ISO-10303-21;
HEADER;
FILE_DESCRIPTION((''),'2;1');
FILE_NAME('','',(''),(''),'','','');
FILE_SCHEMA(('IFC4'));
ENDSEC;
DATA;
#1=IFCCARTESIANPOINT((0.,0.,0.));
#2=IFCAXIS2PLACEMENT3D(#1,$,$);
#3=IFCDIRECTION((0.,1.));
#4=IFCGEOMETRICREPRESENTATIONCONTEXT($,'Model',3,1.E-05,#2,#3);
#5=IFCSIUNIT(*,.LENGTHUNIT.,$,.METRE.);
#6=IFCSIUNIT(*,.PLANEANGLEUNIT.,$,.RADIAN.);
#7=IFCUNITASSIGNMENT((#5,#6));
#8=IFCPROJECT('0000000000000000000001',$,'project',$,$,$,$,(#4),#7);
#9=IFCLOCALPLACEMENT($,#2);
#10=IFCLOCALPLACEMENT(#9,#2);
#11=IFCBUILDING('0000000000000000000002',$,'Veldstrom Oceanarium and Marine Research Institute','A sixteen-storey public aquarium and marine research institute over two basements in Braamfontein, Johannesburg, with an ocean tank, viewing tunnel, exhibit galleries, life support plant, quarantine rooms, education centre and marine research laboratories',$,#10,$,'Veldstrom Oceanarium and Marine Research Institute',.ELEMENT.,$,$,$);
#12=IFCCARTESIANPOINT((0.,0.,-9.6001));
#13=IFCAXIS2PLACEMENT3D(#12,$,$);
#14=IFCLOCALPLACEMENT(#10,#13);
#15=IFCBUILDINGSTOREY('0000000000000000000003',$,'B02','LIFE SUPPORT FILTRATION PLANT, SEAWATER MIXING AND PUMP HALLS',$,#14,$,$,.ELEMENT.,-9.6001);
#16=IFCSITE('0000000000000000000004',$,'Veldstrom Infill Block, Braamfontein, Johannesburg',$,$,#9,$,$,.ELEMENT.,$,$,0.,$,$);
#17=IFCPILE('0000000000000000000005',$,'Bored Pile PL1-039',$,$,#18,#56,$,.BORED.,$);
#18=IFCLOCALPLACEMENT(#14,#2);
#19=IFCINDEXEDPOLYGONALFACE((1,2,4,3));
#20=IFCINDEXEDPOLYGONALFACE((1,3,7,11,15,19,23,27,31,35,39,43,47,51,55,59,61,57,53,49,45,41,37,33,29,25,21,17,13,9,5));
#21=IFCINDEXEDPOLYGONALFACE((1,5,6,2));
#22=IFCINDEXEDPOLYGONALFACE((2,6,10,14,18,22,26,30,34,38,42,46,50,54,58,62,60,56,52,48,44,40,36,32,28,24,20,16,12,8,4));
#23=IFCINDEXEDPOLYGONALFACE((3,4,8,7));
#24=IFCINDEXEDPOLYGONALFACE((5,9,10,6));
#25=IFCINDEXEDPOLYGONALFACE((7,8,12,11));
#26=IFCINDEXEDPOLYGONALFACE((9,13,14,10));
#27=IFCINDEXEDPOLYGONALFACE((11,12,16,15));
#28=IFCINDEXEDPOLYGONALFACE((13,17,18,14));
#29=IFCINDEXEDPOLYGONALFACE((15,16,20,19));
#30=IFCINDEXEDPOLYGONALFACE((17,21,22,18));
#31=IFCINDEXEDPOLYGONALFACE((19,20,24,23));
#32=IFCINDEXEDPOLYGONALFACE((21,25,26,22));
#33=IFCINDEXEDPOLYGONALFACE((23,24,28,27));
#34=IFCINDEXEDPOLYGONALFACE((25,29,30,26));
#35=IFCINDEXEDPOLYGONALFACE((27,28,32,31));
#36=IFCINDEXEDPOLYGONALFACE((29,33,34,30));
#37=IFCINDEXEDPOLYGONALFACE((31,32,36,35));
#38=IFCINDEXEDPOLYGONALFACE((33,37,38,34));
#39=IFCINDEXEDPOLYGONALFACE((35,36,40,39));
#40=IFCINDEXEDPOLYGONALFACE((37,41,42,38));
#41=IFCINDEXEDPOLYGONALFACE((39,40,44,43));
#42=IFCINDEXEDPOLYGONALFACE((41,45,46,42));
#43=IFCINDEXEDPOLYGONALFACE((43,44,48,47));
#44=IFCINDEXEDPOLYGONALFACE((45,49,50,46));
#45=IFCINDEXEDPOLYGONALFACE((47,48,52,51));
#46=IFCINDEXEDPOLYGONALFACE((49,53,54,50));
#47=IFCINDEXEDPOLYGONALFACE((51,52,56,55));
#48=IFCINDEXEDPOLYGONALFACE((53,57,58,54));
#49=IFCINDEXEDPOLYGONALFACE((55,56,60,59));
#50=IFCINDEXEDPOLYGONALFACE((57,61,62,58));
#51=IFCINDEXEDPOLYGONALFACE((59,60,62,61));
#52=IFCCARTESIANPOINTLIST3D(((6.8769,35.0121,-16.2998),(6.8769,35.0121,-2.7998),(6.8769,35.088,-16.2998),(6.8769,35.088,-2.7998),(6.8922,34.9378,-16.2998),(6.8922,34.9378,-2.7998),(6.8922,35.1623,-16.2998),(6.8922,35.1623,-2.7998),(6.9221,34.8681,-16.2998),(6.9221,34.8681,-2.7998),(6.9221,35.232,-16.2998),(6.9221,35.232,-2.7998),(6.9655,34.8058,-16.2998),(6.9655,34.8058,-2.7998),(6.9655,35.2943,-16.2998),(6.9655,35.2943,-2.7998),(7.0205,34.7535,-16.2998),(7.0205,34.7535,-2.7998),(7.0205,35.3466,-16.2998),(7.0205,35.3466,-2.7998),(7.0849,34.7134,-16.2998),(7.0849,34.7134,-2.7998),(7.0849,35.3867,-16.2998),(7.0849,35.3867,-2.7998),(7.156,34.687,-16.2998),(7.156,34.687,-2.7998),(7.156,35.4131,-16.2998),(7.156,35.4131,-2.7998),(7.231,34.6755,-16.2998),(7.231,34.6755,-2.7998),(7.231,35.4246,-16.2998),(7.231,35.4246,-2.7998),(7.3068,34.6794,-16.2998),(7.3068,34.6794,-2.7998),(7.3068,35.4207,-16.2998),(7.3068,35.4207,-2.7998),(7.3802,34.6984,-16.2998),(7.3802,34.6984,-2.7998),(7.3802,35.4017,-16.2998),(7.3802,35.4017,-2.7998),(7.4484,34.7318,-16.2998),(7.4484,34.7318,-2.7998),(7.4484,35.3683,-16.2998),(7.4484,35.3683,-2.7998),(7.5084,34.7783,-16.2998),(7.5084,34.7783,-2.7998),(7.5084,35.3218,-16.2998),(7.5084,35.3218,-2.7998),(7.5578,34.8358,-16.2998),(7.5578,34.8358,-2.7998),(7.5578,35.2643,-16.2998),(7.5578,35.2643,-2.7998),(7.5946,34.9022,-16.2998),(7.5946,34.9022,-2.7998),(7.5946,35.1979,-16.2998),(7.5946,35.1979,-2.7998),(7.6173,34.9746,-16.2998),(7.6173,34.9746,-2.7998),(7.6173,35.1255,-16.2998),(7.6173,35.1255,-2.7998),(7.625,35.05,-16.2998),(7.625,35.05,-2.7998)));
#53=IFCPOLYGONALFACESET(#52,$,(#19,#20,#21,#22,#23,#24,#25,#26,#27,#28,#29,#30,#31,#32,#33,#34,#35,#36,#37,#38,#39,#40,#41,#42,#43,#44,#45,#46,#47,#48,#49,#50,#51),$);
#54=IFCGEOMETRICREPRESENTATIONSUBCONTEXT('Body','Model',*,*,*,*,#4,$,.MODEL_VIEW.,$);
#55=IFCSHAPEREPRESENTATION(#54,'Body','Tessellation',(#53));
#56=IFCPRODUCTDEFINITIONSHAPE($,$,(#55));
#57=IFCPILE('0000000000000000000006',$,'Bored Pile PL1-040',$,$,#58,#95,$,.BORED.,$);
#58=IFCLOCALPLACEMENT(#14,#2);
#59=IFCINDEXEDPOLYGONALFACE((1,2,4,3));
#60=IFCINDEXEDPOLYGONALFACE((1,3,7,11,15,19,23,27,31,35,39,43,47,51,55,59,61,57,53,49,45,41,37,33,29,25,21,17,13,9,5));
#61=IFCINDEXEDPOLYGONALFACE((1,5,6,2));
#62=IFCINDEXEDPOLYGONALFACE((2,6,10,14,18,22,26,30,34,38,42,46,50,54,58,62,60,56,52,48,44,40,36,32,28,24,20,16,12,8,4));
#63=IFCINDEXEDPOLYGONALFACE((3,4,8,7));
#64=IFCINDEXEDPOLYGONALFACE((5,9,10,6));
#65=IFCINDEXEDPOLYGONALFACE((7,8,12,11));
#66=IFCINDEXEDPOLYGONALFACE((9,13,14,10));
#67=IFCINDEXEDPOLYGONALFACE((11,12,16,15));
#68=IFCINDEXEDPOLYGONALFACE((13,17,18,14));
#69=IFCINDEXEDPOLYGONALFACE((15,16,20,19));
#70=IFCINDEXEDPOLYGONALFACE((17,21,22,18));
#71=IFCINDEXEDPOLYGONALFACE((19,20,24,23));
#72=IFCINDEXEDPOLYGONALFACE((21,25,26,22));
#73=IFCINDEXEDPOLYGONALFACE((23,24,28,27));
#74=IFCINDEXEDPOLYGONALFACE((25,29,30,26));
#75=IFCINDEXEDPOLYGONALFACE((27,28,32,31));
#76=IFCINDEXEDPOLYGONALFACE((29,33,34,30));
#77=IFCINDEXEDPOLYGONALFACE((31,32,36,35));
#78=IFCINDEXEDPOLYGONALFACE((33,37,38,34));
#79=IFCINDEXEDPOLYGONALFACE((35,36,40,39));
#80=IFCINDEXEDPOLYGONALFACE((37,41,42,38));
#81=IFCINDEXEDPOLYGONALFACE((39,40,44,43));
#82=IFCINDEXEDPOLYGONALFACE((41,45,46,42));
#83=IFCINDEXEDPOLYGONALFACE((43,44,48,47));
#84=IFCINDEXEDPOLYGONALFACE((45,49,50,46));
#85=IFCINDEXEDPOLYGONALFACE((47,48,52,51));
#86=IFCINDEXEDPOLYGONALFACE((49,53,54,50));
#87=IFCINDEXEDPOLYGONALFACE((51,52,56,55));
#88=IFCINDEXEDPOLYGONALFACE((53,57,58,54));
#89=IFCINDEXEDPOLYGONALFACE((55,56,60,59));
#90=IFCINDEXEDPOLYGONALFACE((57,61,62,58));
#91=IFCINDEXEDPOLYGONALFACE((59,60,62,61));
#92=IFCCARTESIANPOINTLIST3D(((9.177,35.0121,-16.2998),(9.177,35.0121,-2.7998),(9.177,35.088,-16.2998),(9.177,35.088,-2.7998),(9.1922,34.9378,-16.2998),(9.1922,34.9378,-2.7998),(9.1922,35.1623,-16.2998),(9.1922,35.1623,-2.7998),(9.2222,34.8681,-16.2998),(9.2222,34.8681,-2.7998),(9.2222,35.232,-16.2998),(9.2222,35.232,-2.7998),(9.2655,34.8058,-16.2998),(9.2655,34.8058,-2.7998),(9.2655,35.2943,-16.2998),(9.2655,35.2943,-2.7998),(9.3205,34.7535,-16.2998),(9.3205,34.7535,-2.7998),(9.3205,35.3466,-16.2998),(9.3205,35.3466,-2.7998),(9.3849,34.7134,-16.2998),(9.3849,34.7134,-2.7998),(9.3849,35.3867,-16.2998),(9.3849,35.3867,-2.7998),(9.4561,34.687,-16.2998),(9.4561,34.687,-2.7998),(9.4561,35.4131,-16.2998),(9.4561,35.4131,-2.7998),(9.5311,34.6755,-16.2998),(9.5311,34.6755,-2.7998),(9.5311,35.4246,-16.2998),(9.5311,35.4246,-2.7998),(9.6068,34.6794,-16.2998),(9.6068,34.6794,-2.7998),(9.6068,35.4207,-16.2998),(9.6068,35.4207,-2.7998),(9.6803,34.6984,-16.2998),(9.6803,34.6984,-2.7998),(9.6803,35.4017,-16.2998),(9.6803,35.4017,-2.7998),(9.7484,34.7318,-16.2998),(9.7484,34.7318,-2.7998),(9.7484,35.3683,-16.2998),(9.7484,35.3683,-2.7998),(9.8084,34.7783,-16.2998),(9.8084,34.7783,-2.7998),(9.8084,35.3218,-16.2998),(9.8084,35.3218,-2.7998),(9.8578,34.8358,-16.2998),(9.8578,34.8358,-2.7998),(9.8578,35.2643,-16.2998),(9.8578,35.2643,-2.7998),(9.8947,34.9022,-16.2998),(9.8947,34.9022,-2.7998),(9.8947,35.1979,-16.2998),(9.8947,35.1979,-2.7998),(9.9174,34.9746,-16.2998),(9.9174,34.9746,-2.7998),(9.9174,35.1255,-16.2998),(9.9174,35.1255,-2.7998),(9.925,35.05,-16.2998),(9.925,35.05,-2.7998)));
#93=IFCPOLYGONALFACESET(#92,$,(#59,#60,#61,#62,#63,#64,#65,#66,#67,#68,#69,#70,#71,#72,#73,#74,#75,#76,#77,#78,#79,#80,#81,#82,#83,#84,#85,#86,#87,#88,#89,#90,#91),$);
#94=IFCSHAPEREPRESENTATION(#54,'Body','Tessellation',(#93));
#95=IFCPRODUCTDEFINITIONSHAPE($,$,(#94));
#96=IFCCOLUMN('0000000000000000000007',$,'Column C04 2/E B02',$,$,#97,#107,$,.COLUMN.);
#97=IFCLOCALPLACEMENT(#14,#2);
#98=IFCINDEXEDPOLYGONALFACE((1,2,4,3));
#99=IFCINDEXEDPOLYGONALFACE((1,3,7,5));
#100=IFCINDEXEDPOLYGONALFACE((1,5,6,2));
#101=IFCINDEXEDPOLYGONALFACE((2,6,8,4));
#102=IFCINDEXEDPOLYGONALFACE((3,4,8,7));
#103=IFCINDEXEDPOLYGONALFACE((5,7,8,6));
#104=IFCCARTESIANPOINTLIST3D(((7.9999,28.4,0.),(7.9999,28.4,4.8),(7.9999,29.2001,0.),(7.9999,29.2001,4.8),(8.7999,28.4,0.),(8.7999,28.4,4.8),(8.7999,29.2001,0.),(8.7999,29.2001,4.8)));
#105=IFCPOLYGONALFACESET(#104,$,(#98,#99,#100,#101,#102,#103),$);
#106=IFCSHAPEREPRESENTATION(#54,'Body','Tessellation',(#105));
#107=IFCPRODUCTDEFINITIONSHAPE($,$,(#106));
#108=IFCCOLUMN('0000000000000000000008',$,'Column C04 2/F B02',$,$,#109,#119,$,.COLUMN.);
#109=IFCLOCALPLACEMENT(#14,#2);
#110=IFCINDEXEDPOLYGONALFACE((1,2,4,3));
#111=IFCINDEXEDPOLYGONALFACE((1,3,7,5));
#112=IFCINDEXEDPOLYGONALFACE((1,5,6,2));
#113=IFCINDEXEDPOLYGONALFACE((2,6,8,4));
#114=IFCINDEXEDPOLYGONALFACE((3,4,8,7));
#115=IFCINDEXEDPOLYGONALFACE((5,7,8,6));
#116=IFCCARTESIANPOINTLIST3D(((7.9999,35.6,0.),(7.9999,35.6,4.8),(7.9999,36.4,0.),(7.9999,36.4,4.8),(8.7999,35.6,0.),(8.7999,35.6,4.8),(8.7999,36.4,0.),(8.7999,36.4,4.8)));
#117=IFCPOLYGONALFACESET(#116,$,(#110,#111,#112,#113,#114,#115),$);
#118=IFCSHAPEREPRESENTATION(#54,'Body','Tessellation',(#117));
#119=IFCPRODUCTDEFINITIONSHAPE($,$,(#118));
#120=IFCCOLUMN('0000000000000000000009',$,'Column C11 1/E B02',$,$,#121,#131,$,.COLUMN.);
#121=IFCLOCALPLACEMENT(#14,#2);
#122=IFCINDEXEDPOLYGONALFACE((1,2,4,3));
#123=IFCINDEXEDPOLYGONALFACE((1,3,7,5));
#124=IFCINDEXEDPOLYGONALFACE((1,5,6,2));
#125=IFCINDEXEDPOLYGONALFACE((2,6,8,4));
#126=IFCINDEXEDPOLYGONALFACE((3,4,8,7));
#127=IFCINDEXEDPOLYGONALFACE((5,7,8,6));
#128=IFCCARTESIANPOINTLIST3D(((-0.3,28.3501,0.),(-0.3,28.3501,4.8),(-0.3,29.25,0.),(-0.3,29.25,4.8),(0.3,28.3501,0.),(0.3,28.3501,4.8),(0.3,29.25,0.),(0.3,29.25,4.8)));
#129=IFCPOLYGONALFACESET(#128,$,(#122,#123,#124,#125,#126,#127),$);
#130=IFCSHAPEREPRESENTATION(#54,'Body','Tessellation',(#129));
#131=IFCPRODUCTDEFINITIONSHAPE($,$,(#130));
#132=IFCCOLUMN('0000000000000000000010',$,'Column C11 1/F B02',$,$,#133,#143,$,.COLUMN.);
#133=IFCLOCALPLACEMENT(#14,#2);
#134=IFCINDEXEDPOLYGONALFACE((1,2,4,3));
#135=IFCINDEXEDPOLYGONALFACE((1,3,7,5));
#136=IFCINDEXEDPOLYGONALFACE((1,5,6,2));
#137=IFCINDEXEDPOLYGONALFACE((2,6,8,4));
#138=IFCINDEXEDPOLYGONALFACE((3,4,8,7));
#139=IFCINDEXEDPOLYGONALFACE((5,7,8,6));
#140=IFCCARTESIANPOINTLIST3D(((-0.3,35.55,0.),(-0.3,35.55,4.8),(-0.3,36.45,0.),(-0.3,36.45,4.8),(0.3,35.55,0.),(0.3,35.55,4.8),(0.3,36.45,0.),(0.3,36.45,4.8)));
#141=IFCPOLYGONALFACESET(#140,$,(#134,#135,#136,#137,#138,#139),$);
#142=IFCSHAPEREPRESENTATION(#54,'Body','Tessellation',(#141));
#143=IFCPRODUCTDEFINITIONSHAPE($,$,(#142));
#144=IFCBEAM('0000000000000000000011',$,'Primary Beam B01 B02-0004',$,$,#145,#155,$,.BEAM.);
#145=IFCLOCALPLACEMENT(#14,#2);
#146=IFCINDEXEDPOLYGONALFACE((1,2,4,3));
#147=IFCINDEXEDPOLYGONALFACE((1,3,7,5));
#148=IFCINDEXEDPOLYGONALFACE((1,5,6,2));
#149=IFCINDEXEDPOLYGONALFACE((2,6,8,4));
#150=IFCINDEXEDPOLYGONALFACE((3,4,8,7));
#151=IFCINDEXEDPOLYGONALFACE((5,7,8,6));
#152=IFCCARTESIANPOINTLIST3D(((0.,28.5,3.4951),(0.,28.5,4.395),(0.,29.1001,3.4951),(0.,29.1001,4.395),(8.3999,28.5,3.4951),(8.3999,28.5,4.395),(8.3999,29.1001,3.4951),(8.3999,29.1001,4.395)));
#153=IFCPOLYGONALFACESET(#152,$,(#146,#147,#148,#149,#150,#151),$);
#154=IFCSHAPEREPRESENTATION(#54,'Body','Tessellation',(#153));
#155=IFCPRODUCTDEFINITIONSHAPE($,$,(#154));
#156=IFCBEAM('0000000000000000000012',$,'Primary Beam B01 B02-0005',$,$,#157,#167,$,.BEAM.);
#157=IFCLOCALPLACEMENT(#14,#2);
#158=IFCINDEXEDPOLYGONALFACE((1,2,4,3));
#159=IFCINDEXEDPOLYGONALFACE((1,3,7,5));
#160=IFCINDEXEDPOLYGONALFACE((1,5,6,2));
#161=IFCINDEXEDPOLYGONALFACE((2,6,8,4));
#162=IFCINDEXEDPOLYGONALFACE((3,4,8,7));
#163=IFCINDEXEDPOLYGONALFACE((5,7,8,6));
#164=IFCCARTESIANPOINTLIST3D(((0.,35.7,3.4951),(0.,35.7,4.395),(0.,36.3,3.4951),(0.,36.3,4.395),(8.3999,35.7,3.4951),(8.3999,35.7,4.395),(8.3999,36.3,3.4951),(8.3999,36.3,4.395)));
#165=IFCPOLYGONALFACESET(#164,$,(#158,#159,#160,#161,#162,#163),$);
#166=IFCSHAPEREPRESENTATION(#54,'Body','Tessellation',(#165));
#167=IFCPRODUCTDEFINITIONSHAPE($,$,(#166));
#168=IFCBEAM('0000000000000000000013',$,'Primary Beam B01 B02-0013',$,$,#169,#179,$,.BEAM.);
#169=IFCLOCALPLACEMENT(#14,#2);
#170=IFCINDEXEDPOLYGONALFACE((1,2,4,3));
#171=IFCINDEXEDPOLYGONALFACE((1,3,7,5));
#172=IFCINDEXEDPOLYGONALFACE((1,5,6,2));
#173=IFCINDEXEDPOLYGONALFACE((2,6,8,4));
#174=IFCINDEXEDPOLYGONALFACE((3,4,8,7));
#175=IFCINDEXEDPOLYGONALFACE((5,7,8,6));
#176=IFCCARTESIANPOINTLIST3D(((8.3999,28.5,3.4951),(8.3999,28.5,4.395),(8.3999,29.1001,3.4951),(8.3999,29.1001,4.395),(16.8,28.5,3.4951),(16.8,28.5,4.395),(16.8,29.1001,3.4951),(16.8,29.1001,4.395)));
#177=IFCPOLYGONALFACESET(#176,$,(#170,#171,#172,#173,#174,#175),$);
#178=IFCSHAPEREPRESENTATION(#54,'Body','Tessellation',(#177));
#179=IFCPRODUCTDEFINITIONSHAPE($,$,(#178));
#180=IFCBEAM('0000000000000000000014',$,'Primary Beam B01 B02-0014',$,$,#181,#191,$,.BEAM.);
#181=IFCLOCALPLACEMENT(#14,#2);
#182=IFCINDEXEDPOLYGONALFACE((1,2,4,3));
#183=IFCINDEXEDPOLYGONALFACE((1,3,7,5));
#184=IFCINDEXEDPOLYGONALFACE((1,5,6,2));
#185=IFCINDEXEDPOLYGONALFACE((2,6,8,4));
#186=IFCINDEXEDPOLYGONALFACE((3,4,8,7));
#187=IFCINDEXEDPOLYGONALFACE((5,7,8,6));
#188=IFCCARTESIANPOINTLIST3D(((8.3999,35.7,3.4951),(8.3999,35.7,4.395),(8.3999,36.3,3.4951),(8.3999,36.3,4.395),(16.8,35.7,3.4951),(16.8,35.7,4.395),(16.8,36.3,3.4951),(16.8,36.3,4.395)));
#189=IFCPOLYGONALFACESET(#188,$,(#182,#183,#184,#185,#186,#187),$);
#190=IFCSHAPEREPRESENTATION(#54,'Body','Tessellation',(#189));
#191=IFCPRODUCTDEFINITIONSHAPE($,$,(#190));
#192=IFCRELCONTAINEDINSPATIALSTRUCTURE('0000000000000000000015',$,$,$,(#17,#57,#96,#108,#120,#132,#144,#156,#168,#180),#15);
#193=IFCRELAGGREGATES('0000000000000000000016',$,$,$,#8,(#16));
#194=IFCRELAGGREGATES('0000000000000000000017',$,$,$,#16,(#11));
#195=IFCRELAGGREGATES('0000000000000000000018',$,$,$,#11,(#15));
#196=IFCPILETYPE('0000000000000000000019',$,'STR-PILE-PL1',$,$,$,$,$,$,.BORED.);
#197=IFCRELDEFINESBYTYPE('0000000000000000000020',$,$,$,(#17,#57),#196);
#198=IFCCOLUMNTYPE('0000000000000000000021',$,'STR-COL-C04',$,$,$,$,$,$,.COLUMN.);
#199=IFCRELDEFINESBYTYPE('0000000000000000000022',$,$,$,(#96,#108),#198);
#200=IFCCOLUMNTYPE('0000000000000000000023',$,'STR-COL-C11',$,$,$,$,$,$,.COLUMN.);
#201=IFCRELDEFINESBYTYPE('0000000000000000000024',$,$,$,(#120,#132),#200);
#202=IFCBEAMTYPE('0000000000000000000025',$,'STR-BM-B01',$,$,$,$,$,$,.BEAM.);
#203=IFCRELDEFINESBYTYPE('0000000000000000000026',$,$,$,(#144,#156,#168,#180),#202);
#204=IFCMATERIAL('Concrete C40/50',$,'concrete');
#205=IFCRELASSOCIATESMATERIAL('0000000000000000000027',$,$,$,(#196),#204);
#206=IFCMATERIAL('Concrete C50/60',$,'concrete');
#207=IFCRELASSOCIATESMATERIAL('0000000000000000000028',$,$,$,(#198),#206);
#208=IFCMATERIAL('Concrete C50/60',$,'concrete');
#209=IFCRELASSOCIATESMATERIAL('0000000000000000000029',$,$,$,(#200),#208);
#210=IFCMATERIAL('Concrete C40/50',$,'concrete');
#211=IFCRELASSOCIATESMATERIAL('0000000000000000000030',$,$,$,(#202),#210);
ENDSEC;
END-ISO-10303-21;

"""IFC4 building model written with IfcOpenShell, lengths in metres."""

from ifc_helpers import new_model, si_unit, direction, frame, origin, origin_2d, place, context, subcontext, project, spatial, rectangle, circle, extrude, material, material_profile, profile_set, type_object, element, save


model = new_model("IFC4")

# Units and contexts
model_context = context("Model", 3, precision=1e-05, world=origin(), true_north=direction((0.0, 1.0)))
body_context = subcontext(model_context, "Body", "Model", "MODEL_VIEW")
ifc_project = project(units=[si_unit("LENGTHUNIT", "METRE"), si_unit("PLANEANGLEUNIT", "RADIAN")], contexts=[model_context])

# Site, building, storey
site_placement = place(None, origin())
site = spatial("IfcSite", under=ifc_project, at=site_placement, Name="Veldstrom Infill Block, Braamfontein, Johannesburg", CompositionType="ELEMENT", RefElevation=0.0)
building_placement = place(site_placement, origin())
building = spatial("IfcBuilding", under=site, at=building_placement, Name="Veldstrom Oceanarium and Marine Research Institute", Description="A sixteen-storey public aquarium and marine research institute over two basements in Braamfontein, Johannesburg, with an ocean tank, viewing tunnel, exhibit galleries, life support plant, quarantine rooms, education centre and marine research laboratories", LongName="Veldstrom Oceanarium and Marine Research Institute", CompositionType="ELEMENT")
storey_placement = place(building_placement, frame((0.0, 0.0, -9.6001)))
storey = spatial("IfcBuildingStorey", under=building, at=storey_placement, Name="B02", Description="LIFE SUPPORT FILTRATION PLANT, SEAWATER MIXING AND PUMP HALLS", CompositionType="ELEMENT", Elevation=-9.6001)

# Piles
ifc_material_1 = material(Name="Concrete C40/50", Category="concrete")
ifc_material_profile_1 = material_profile(ifc_material_1, circle(Radius=0.375, at=origin_2d()), Name="PILE-D750")
ifc_profile_set_1 = profile_set([ifc_material_profile_1], Name="Concrete C40/50")
pile_type = type_object("IfcPileType", Name="STR-PILE-PL1", PredefinedType="BORED", material=ifc_profile_set_1)
for number, where, z_axis, x_axis, name in (
    (1, (7.25, 35.05, -2.7998), (0.0, 0.0, -1.0), (1.0, 0.0, 0.0), "Bored Pile PL1-039"),
    (2, (9.55, 35.05, -2.7998), (0.0, 0.0, -1.0), (1.0, 0.0, 0.0), "Bored Pile PL1-040"),
):
    element("IfcPile", number, at=place(storey_placement, frame(where, z_axis=z_axis, x_axis=x_axis)), inside=storey, type_object=pile_type, Name=name, PredefinedType="BORED", context=body_context, shape_type="SweptSolid", body=[
        extrude(circle(Radius=0.375, at=origin_2d()), origin(), (0.0, 0.0, 1.0), 13.5),
    ])

# Columns
ifc_material_2 = material(Name="Concrete C50/60", Category="concrete")
ifc_material_profile_2 = material_profile(ifc_material_2, rectangle(XDim=0.8, YDim=0.8, at=origin_2d()), Name="RC-COL-800x800")
ifc_profile_set_2 = profile_set([ifc_material_profile_2], Name="Concrete C50/60")
column_type_1 = type_object("IfcColumnType", Name="STR-COL-C04", PredefinedType="COLUMN", material=ifc_profile_set_2)
for number, where, z_axis, x_axis, name in (
    (3, (8.3999, 28.8, 0.0), (0.0, 0.0, 1.0), (1.0, 0.0, 0.0), "Column C04 2/E B02"),
    (4, (8.3999, 36.0, 0.0), (0.0, 0.0, 1.0), (1.0, 0.0, 0.0), "Column C04 2/F B02"),
):
    element("IfcColumn", number, at=place(storey_placement, frame(where, z_axis=z_axis, x_axis=x_axis)), inside=storey, type_object=column_type_1, Name=name, PredefinedType="COLUMN", context=body_context, shape_type="SweptSolid", body=[
        extrude(rectangle(XDim=0.8, YDim=0.8, at=origin_2d()), origin(), (0.0, 0.0, 1.0), 4.8),
    ])
ifc_material_3 = material(Name="Concrete C50/60", Category="concrete")
ifc_material_profile_3 = material_profile(ifc_material_3, rectangle(XDim=0.6001, YDim=0.8999, at=origin_2d()), Name="RC-COL-900x600")
ifc_profile_set_3 = profile_set([ifc_material_profile_3], Name="Concrete C50/60")
column_type_2 = type_object("IfcColumnType", Name="STR-COL-C11", PredefinedType="COLUMN", material=ifc_profile_set_3)
for number, where, z_axis, x_axis, name in (
    (5, (0.0, 28.8, 0.0), (0.0, 0.0, 1.0), (1.0, 0.0, 0.0), "Column C11 1/E B02"),
    (6, (0.0, 36.0, 0.0), (0.0, 0.0, 1.0), (1.0, 0.0, 0.0), "Column C11 1/F B02"),
):
    element("IfcColumn", number, at=place(storey_placement, frame(where, z_axis=z_axis, x_axis=x_axis)), inside=storey, type_object=column_type_2, Name=name, PredefinedType="COLUMN", context=body_context, shape_type="SweptSolid", body=[
        extrude(rectangle(XDim=0.6001, YDim=0.8999, at=origin_2d()), origin(), (0.0, 0.0, 1.0), 4.8),
    ])

# Beams
ifc_material_4 = material(Name="Concrete C40/50", Category="concrete")
ifc_material_profile_4 = material_profile(ifc_material_4, rectangle(XDim=0.6001, YDim=0.8999, at=origin_2d()), Name="RC-BM-600x900")
ifc_profile_set_4 = profile_set([ifc_material_profile_4], Name="Concrete C40/50")
beam_type_1 = type_object("IfcBeamType", Name="STR-BM-B01", PredefinedType="BEAM", material=ifc_profile_set_4)
for number, where, z_axis, x_axis, name in (
    (7, (0.0, 28.8, 3.9451), (1.0, 0.0, 0.0), (0.0, 1.0, 0.0), "Primary Beam B01 B02-0004"),
    (8, (0.0, 36.0, 3.9451), (1.0, 0.0, 0.0), (0.0, 1.0, 0.0), "Primary Beam B01 B02-0005"),
):
    element("IfcBeam", number, at=place(storey_placement, frame(where, z_axis=z_axis, x_axis=x_axis)), inside=storey, type_object=beam_type_1, Name=name, PredefinedType="BEAM", context=body_context, shape_type="SweptSolid", body=[
        extrude(rectangle(XDim=0.6001, YDim=0.8999, at=origin_2d()), origin(), (0.0, 0.0, 1.0), 8.3999),
    ])
for number, where, z_axis, x_axis, name in (
    (9, (8.3999, 28.8, 3.9451), (1.0, 0.0, 0.0), (0.0, 1.0, 0.0), "Primary Beam B01 B02-0013"),
    (10, (8.3999, 36.0, 3.9451), (1.0, 0.0, 0.0), (0.0, 1.0, 0.0), "Primary Beam B01 B02-0014"),
):
    element("IfcBeam", number, at=place(storey_placement, frame(where, z_axis=z_axis, x_axis=x_axis)), inside=storey, type_object=beam_type_1, Name=name, PredefinedType="BEAM", context=body_context, shape_type="SweptSolid", body=[
        extrude(rectangle(XDim=0.6001, YDim=0.8999, at=origin_2d()), origin(), (0.0, 0.0, 1.0), 8.4001),
    ])

save(model, "model.ifc")
